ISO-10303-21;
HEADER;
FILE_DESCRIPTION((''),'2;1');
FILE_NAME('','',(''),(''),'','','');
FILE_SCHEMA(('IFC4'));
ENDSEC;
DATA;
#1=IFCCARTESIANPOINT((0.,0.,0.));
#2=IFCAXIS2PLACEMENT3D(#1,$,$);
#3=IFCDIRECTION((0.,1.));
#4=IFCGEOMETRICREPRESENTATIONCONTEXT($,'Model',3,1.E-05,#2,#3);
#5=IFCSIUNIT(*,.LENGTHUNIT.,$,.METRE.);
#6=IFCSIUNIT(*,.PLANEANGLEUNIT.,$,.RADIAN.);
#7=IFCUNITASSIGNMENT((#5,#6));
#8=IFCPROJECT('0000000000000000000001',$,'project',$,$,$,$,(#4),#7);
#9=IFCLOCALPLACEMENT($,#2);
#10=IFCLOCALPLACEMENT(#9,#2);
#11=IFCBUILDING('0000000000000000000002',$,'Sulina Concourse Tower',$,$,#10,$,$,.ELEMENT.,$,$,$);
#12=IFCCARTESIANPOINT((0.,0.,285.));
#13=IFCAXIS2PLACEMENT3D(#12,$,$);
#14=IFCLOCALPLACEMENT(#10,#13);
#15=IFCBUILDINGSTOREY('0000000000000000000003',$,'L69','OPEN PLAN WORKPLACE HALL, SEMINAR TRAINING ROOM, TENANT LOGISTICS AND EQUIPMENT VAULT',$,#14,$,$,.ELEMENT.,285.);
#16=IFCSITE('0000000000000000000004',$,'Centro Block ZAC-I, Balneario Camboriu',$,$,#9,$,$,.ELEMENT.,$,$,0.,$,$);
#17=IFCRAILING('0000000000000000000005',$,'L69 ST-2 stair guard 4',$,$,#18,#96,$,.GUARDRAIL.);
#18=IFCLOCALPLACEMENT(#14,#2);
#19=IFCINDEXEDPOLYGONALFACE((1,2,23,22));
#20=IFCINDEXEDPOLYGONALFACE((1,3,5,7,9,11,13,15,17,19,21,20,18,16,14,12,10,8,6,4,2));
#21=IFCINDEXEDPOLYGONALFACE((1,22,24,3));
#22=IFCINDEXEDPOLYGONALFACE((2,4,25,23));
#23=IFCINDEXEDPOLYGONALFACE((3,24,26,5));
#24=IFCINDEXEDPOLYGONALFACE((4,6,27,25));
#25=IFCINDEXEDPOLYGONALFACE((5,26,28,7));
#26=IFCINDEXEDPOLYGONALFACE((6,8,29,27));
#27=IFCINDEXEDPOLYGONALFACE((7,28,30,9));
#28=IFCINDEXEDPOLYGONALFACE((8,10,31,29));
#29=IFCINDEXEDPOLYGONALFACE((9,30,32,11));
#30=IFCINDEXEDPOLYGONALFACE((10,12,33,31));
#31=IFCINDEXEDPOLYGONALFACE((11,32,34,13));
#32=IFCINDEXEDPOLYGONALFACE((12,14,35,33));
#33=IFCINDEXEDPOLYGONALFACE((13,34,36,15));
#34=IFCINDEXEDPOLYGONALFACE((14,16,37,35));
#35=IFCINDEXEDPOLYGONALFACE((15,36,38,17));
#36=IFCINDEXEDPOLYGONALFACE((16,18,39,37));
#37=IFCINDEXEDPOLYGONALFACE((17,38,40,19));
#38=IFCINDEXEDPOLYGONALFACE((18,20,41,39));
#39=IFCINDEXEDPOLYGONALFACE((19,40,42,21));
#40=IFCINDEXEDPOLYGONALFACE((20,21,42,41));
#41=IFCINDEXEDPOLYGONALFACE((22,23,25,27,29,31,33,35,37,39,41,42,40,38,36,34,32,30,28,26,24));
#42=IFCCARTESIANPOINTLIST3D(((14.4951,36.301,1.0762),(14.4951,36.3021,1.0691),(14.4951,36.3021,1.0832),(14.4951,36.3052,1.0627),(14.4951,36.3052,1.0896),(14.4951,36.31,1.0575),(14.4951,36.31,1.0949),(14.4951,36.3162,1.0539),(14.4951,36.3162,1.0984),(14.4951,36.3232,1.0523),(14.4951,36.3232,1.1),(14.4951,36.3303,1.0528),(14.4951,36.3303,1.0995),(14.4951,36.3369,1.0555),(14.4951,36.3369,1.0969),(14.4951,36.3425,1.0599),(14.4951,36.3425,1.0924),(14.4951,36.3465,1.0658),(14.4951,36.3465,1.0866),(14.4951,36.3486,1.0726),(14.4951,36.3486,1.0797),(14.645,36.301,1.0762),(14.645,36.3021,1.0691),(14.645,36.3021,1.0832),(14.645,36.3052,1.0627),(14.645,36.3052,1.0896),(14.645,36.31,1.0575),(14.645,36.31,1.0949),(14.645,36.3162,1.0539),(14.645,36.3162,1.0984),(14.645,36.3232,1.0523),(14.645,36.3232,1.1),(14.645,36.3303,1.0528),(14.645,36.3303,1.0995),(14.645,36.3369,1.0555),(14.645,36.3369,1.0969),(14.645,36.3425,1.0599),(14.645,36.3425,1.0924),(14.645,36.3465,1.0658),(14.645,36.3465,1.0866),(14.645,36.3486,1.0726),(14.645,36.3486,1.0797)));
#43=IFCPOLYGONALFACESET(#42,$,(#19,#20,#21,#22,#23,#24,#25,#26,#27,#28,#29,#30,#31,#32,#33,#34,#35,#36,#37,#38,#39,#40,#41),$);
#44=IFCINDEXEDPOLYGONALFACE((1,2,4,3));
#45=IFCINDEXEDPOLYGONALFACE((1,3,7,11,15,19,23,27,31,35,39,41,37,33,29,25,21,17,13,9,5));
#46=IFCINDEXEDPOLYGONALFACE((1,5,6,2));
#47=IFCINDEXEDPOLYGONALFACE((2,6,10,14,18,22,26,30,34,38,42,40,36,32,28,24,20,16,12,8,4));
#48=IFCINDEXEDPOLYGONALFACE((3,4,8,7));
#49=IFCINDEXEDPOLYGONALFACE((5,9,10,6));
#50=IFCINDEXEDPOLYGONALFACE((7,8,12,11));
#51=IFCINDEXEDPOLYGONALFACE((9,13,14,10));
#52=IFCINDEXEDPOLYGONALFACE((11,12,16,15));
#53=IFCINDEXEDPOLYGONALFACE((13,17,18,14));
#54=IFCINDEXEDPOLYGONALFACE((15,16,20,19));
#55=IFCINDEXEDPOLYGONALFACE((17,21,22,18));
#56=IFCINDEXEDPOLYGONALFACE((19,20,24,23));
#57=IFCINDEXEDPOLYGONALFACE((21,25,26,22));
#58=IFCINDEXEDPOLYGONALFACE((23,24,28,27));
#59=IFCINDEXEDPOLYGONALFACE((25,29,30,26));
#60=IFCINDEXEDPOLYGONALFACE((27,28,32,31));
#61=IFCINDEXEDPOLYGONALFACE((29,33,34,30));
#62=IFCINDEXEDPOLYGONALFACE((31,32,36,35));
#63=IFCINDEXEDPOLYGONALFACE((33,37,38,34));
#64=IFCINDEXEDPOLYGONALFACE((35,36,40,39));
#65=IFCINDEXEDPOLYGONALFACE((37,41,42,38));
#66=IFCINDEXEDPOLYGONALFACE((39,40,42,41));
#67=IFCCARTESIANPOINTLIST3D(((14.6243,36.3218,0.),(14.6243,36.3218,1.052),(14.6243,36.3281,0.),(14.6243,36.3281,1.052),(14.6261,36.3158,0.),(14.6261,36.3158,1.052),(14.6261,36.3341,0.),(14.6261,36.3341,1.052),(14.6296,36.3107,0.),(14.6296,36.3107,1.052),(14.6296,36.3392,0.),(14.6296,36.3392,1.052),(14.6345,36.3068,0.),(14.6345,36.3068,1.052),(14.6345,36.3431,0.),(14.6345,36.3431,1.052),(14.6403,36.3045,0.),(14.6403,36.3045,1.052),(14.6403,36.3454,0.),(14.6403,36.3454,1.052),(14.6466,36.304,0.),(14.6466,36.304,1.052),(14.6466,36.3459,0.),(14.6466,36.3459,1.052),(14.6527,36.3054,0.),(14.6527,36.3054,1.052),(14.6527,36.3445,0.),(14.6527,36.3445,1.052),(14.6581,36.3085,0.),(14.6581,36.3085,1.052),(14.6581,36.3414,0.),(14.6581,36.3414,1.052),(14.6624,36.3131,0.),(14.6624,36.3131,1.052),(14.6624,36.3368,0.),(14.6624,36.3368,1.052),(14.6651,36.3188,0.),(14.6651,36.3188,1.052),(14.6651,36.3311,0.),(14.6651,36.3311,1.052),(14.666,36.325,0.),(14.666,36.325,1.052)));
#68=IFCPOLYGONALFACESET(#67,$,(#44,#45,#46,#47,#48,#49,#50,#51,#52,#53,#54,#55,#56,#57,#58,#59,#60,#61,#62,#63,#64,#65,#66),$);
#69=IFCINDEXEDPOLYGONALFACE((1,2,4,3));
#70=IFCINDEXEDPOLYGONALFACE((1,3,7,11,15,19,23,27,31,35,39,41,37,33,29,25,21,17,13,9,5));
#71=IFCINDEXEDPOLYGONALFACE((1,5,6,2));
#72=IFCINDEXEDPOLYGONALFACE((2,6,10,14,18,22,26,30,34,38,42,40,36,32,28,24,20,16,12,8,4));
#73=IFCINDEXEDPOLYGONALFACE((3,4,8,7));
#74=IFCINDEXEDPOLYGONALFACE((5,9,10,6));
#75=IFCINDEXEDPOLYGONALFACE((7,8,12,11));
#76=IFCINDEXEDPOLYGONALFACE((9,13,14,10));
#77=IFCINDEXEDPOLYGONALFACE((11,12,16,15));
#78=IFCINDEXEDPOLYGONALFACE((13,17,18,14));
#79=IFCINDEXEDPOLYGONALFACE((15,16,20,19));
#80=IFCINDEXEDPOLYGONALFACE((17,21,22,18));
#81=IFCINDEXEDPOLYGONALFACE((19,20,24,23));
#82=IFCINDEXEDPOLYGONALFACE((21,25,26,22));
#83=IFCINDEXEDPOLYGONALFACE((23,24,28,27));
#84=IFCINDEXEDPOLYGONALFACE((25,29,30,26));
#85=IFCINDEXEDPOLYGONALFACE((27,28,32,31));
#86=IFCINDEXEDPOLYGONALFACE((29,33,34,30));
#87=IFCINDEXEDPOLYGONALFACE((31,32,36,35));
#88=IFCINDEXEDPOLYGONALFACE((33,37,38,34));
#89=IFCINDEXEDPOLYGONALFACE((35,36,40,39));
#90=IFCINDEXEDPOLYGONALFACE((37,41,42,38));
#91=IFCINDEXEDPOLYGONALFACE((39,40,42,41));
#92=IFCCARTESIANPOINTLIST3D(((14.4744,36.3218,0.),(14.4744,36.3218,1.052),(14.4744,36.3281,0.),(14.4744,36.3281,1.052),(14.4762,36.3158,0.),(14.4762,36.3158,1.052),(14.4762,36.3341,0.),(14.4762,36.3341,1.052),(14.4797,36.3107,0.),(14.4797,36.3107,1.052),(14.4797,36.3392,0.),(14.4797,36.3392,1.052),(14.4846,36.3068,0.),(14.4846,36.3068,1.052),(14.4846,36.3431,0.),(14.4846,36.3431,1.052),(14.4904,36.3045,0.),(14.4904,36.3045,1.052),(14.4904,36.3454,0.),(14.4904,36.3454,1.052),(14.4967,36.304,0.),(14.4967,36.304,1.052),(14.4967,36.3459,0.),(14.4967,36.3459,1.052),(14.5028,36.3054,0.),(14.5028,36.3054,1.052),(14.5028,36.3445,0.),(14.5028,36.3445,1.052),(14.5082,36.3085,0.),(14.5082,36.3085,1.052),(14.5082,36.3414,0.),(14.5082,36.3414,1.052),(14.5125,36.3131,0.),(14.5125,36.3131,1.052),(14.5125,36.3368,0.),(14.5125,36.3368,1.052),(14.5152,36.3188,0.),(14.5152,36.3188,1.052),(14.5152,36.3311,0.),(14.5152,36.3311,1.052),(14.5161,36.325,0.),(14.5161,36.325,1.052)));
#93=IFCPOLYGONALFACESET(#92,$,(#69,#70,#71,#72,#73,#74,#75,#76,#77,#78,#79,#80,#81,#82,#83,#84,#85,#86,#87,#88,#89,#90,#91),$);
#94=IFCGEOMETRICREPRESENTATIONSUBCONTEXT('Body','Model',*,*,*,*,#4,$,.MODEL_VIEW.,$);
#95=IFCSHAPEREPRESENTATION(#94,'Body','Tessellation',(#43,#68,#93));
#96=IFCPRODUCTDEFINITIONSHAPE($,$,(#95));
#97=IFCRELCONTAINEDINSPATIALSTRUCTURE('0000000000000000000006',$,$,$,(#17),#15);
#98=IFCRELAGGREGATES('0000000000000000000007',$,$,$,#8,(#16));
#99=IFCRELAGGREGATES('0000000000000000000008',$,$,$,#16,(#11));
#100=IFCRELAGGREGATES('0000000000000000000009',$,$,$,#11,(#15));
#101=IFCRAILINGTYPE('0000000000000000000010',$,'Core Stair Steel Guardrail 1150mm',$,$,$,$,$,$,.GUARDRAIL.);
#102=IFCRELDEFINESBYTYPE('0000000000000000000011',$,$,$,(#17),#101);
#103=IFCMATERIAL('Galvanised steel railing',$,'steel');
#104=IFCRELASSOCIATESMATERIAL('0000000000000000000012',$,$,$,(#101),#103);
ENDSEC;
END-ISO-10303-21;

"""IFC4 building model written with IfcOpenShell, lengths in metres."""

from ifc_helpers import new_model, si_unit, direction, frame, origin, origin_2d, place, context, subcontext, project, spatial, circle, extrude, material, type_object, element, save


model = new_model("IFC4")

# Units and contexts
model_context = context("Model", 3, precision=1e-05, world=origin(), true_north=direction((0.0, 1.0)))
body_context = subcontext(model_context, "Body", "Model", "MODEL_VIEW")
ifc_project = project(units=[si_unit("LENGTHUNIT", "METRE"), si_unit("PLANEANGLEUNIT", "RADIAN")], contexts=[model_context])

# Site, building, storey
site_placement = place(None, origin())
site = spatial("IfcSite", under=ifc_project, at=site_placement, Name="Centro Block ZAC-I, Balneario Camboriu", CompositionType="ELEMENT", RefElevation=0.0)
building_placement = place(site_placement, origin())
building = spatial("IfcBuilding", under=site, at=building_placement, Name="Sulina Concourse Tower", CompositionType="ELEMENT")
storey_placement = place(building_placement, frame((0.0, 0.0, 285.0)))
storey = spatial("IfcBuildingStorey", under=building, at=storey_placement, Name="L69", Description="OPEN PLAN WORKPLACE HALL, SEMINAR TRAINING ROOM, TENANT LOGISTICS AND EQUIPMENT VAULT", CompositionType="ELEMENT", Elevation=285.0)

# Railing
ifc_material_1 = material(Name="Galvanised steel railing", Category="steel")
railing_type_1 = type_object("IfcRailingType", Name="Core Stair Steel Guardrail 1150mm", PredefinedType="GUARDRAIL", material=ifc_material_1)
railing_1_placement = place(storey_placement, frame((14.645, 36.325, 0.0)))
element("IfcRailing", 1, at=railing_1_placement, inside=storey, type_object=railing_type_1, Name="L69 ST-2 stair guard 4", PredefinedType="GUARDRAIL", context=body_context, shape_type="SweptSolid", body=[
    extrude(circle(Radius=0.0239, at=origin_2d()), frame((0.0, 0.0, 1.0762), z_axis=(-1.0, 0.0, 0.0), x_axis=(0.0, -1.0, 0.0)), (0.0, 0.0, 1.0), 0.1499),
    extrude(circle(Radius=0.021, at=origin_2d()), origin(), (0.0, 0.0, 1.0), 1.052),
    extrude(circle(Radius=0.021, at=origin_2d()), frame((-0.1499, 0.0, 0.0)), (0.0, 0.0, 1.0), 1.052),
])

save(model, "model.ifc")
